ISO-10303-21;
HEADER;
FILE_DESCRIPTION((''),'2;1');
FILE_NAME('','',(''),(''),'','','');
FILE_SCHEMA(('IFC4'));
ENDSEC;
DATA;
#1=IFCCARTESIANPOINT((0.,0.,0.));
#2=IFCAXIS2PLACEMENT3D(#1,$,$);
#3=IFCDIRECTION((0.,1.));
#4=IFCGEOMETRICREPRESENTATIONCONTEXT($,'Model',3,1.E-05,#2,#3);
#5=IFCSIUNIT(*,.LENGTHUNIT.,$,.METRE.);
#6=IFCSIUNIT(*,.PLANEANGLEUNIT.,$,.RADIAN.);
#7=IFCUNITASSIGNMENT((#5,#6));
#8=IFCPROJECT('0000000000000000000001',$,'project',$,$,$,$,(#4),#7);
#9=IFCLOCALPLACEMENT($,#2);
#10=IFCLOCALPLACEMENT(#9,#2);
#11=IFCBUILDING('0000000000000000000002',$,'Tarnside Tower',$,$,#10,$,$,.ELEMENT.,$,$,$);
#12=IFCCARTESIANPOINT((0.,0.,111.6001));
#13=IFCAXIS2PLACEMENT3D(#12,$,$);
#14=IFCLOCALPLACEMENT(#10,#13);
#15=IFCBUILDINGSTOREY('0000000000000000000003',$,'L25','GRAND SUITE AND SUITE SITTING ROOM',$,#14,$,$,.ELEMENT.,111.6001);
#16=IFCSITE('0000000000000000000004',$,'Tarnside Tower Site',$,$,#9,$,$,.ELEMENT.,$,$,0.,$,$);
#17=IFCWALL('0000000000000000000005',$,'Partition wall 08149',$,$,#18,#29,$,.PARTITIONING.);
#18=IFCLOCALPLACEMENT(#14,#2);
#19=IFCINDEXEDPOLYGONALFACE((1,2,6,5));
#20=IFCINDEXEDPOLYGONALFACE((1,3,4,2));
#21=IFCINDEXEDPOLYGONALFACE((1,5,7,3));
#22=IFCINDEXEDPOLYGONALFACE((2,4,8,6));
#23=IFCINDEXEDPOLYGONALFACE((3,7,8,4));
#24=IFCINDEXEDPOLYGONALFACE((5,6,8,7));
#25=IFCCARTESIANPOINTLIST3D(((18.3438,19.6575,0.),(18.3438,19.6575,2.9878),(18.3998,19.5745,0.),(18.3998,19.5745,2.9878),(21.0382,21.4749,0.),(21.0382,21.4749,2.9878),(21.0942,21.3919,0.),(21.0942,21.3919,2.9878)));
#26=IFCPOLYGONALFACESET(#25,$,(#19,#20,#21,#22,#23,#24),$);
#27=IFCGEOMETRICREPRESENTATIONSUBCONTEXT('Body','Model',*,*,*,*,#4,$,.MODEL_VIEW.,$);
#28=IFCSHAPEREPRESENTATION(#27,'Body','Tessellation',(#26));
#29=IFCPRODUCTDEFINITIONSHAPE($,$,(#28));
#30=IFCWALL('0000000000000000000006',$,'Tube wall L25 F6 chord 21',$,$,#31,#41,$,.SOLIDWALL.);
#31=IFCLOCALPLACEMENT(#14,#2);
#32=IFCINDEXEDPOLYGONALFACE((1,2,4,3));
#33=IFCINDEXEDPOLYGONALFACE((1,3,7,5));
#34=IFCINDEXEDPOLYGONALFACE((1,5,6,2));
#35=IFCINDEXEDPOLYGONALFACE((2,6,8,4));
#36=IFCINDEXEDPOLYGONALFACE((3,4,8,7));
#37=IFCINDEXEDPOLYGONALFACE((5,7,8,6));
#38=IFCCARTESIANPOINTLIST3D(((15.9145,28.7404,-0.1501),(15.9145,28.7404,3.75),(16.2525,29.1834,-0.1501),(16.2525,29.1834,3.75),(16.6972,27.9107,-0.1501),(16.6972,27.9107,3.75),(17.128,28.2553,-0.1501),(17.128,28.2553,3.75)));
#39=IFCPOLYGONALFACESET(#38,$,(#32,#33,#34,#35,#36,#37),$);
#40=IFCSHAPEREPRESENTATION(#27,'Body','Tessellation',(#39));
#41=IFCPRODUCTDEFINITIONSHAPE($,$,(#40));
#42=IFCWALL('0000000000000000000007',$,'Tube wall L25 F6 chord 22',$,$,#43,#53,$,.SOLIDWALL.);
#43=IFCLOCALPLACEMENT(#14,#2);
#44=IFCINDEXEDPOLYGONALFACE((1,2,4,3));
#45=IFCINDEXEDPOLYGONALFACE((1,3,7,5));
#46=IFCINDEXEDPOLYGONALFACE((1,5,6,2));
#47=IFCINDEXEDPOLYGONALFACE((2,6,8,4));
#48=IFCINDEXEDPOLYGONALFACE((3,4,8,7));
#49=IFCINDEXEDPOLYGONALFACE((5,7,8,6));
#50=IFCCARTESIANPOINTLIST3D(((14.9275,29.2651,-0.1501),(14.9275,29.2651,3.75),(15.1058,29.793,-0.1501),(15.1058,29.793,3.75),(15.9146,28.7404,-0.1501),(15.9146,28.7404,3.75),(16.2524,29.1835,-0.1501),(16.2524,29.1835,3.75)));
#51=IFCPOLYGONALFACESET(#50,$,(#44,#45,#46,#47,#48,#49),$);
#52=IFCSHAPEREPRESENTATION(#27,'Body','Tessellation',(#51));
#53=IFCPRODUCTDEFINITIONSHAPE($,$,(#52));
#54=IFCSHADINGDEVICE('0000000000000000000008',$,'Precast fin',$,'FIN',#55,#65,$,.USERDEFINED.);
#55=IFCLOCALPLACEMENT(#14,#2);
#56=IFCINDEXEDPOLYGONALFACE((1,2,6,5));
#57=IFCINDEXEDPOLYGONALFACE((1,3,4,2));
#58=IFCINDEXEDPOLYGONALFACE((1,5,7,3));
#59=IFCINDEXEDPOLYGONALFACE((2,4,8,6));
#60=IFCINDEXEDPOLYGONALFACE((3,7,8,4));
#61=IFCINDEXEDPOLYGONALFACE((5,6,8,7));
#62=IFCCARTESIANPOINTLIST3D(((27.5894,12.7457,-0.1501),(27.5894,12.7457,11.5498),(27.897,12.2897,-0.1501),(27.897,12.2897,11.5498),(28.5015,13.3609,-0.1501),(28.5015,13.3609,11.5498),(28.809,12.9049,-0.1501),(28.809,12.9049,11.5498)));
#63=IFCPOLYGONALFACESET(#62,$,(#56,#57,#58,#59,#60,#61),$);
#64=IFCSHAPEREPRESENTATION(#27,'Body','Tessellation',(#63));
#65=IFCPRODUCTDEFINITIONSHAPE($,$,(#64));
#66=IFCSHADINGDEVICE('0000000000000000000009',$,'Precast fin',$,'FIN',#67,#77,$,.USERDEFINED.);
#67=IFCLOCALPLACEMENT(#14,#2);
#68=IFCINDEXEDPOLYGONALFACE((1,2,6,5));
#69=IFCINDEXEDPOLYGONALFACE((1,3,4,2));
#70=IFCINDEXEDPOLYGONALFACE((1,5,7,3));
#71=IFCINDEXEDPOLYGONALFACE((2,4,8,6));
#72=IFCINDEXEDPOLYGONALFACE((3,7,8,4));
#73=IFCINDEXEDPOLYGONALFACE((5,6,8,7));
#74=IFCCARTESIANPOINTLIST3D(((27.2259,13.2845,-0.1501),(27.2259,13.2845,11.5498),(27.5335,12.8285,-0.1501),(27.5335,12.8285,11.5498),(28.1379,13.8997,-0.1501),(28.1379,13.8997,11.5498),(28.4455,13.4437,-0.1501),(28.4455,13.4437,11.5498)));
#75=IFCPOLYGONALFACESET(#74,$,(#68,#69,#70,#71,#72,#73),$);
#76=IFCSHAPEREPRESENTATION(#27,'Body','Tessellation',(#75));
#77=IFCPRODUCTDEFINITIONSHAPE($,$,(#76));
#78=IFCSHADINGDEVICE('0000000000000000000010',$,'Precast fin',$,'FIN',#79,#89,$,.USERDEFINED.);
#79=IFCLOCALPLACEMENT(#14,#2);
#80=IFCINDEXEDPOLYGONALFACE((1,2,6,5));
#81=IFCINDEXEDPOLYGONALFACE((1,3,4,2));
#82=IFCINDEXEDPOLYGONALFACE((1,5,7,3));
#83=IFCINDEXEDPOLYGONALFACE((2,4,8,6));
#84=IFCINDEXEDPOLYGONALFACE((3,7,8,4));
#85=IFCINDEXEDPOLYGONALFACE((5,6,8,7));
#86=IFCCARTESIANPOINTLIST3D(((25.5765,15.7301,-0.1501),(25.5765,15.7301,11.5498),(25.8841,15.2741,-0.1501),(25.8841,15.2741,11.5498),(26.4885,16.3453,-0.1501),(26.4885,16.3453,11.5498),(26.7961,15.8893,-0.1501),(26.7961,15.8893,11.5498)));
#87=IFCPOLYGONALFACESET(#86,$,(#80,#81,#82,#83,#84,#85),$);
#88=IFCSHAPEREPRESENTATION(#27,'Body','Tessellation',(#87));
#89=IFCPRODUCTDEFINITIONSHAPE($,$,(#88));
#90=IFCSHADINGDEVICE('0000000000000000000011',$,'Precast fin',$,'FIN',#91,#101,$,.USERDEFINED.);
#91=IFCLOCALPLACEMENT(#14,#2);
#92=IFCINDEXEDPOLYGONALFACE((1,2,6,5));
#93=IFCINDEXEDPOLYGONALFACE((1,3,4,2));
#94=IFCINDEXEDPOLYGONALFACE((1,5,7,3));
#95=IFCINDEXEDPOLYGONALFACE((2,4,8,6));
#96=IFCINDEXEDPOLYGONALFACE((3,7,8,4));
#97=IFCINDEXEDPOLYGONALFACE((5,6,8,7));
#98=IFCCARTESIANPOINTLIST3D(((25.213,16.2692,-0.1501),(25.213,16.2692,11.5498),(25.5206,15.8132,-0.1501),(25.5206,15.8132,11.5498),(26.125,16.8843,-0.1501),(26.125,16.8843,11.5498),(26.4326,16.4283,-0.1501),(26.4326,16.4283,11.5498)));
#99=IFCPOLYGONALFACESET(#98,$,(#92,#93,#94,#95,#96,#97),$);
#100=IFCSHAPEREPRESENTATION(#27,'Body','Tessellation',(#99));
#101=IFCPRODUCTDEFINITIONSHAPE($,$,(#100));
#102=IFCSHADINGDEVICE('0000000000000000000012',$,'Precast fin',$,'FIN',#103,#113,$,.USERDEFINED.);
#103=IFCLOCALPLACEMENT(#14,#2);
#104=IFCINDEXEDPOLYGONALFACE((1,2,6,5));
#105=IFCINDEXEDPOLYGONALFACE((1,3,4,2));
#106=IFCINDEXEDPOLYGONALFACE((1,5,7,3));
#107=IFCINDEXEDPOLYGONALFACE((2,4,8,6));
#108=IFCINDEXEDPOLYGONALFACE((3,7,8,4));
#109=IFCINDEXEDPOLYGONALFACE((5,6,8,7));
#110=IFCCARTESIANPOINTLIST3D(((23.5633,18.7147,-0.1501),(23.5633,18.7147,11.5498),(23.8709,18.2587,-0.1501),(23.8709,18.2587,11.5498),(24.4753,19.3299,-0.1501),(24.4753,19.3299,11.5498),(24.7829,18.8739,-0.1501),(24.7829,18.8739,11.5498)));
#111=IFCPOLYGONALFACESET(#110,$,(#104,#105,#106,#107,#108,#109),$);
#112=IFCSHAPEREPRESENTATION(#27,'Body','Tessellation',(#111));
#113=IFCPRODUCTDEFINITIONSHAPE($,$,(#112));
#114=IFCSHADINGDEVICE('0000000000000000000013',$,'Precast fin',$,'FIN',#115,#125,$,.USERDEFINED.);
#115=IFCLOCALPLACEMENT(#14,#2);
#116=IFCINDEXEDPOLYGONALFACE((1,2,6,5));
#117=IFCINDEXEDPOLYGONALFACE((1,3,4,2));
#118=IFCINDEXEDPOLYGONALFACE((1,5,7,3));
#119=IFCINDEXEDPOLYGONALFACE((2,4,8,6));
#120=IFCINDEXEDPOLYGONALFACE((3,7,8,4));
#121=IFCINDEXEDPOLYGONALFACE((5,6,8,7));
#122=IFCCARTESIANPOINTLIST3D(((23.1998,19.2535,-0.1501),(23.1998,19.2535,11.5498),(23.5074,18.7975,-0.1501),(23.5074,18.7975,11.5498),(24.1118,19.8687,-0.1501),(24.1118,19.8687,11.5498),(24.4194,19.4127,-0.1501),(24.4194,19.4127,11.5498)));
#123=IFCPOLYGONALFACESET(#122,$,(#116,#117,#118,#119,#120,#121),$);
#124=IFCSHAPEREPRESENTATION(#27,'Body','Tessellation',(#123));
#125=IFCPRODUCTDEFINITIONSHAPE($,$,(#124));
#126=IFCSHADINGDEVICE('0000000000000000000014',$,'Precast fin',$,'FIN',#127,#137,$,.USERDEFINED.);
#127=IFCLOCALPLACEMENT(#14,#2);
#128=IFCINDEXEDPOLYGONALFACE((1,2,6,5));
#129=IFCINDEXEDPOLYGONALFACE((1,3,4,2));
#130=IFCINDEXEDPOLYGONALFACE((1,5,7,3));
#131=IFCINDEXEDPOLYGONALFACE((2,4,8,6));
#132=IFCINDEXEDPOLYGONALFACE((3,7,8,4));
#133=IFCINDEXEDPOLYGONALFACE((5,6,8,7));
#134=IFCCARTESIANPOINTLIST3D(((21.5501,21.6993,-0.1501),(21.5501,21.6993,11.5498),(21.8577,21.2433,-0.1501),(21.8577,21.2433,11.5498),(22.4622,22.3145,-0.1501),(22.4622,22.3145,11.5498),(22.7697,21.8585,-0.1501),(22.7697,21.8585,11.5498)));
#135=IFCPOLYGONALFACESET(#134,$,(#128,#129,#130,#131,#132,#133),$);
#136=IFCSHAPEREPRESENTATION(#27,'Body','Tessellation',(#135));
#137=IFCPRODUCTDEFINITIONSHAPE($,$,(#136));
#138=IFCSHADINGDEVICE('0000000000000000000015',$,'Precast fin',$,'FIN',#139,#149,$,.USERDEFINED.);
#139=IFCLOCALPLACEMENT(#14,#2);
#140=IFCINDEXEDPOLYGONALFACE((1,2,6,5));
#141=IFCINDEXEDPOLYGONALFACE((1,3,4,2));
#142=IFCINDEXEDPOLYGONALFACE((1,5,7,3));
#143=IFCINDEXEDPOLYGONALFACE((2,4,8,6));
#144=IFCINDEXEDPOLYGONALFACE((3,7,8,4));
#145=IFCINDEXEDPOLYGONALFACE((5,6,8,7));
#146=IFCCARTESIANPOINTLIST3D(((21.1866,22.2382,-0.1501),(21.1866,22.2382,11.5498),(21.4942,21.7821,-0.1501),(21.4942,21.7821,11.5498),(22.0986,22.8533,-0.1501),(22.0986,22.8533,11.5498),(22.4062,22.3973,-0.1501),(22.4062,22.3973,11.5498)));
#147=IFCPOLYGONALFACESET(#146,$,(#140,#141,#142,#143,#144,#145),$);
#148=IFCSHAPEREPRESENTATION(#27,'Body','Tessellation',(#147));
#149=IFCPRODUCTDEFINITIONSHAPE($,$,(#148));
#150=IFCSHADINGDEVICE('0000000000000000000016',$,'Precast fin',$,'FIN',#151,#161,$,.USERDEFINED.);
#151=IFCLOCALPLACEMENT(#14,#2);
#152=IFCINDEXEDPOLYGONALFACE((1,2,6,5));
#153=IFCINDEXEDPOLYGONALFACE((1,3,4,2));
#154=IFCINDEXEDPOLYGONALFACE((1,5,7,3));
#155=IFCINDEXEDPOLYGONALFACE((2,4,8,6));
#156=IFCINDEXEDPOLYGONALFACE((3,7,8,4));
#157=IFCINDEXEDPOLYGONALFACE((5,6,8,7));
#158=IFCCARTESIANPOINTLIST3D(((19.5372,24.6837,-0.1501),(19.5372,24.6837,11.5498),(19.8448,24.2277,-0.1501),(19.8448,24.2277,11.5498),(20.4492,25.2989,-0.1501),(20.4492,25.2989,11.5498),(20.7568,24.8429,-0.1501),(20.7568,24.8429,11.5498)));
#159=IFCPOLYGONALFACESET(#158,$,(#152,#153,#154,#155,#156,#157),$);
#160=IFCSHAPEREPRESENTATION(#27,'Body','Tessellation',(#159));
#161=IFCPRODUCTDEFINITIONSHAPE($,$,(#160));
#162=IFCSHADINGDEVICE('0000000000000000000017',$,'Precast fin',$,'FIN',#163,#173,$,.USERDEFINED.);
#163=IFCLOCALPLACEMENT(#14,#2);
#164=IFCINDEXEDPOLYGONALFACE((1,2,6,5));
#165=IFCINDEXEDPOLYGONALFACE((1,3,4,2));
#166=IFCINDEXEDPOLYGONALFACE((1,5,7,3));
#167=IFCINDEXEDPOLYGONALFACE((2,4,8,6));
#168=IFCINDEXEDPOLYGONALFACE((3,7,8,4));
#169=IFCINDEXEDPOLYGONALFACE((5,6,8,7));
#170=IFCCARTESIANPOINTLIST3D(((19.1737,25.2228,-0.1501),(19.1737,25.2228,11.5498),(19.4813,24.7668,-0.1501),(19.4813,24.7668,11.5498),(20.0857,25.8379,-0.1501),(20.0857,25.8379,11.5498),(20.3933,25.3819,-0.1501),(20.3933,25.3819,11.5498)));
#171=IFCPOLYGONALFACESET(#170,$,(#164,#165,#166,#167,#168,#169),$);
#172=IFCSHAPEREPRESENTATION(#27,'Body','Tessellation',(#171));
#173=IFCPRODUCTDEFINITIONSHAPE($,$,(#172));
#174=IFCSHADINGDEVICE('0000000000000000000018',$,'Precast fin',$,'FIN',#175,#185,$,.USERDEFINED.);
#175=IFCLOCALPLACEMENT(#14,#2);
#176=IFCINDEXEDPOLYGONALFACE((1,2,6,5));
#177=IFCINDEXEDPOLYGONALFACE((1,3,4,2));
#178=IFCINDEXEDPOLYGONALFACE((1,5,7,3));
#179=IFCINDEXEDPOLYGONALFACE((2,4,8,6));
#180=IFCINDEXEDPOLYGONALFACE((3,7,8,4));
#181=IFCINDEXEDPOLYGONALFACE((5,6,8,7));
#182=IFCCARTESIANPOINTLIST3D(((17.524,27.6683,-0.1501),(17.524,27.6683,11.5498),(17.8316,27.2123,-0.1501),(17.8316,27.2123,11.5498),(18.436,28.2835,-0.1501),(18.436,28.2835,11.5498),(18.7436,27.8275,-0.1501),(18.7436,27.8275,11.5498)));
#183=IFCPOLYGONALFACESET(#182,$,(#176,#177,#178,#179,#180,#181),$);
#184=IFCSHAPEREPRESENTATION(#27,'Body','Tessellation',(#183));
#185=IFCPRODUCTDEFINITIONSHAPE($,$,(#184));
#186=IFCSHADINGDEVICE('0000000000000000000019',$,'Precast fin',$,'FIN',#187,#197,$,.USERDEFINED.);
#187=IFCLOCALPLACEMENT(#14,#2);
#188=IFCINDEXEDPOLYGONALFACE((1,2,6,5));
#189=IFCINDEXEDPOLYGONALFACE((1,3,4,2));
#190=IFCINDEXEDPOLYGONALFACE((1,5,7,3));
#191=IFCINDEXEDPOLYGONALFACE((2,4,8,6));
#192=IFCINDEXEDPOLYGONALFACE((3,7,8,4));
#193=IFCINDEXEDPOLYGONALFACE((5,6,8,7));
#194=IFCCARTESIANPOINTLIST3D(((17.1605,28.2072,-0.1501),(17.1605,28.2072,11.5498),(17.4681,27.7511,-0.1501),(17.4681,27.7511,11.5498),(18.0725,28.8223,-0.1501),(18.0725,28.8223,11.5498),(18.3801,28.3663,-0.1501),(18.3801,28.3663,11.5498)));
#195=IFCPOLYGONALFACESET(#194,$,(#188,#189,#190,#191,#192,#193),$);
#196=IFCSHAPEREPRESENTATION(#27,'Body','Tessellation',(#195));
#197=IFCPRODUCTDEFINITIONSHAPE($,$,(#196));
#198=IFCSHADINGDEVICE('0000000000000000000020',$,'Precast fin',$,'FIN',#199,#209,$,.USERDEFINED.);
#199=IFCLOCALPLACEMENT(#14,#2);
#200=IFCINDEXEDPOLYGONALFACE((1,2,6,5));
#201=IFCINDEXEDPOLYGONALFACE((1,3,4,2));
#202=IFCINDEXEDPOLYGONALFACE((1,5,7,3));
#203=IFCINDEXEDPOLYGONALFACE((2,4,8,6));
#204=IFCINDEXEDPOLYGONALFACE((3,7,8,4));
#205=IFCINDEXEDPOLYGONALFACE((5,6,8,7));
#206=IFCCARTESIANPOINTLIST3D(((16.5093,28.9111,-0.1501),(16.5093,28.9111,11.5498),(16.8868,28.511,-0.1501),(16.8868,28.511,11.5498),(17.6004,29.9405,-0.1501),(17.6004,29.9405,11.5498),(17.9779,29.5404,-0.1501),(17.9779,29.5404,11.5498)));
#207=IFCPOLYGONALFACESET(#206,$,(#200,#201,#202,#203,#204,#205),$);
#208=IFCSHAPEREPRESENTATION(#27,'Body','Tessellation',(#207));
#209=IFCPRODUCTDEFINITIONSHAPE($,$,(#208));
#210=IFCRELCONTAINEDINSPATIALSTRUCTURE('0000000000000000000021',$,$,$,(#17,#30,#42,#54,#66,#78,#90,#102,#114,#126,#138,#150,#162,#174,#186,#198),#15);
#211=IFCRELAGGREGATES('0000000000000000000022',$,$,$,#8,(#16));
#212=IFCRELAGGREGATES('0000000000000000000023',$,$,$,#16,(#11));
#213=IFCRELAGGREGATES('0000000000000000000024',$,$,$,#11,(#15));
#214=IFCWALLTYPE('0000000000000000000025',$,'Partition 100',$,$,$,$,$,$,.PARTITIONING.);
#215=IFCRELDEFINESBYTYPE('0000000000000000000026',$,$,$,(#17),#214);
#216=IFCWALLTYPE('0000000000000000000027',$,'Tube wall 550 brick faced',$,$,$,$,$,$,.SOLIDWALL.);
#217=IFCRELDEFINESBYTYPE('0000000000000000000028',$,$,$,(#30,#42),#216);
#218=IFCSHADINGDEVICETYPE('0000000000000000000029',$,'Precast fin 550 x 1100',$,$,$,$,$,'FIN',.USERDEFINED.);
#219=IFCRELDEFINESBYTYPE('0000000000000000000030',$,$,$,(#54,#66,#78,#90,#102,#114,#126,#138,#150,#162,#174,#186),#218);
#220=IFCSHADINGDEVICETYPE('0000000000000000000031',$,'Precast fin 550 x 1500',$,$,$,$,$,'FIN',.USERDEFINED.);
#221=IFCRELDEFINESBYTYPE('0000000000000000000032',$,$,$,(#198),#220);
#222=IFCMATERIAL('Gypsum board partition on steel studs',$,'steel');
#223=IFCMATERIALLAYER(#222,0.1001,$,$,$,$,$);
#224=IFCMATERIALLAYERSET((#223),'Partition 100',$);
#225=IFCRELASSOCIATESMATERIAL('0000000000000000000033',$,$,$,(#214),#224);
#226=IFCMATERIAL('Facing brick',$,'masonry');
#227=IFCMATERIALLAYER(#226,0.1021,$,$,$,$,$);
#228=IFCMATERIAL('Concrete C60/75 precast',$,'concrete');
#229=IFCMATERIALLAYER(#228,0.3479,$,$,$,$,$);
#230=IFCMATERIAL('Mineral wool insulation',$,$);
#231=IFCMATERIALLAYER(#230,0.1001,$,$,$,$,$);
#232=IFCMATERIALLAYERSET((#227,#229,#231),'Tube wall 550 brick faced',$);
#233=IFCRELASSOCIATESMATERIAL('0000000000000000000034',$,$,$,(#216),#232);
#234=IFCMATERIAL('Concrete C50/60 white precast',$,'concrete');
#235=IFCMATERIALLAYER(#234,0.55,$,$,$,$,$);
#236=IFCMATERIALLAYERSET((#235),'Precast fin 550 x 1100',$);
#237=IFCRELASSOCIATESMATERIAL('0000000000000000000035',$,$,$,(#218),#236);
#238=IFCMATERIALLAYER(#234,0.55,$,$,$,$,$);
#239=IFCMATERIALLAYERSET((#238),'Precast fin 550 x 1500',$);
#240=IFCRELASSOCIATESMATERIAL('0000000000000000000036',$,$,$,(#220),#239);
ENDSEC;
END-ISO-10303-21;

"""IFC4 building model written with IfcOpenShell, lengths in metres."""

from ifc_helpers import new_model, si_unit, direction, frame, frame_2d, origin, place, context, subcontext, project, spatial, polyline, rectangle, outline, extrude, material, layer, layer_set, type_object, element, save


model = new_model("IFC4")

# Units and contexts
model_context = context("Model", 3, precision=1e-05, world=origin(), true_north=direction((0.0, 1.0)))
body_context = subcontext(model_context, "Body", "Model", "MODEL_VIEW")
ifc_project = project(units=[si_unit("LENGTHUNIT", "METRE"), si_unit("PLANEANGLEUNIT", "RADIAN")], contexts=[model_context])

# Site, building, storey
site_placement = place(None, origin())
site = spatial("IfcSite", under=ifc_project, at=site_placement, Name="Tarnside Tower Site", CompositionType="ELEMENT", RefElevation=0.0)
building_placement = place(site_placement, origin())
building = spatial("IfcBuilding", under=site, at=building_placement, Name="Tarnside Tower", CompositionType="ELEMENT")
storey_placement = place(building_placement, frame((0.0, 0.0, 111.6001)))
storey = spatial("IfcBuildingStorey", under=building, at=storey_placement, Name="L25", Description="GRAND SUITE AND SUITE SITTING ROOM", CompositionType="ELEMENT", Elevation=111.6001)

# Shared definitions
ifc_material_1 = material(Name="Gypsum board partition on steel studs", Category="steel")

# Shared definitions
ifc_layer_1 = layer(ifc_material_1, 0.1001)
ifc_layer_set_1 = layer_set([ifc_layer_1], Name="Partition 100")
wall_type_1 = type_object("IfcWallType", Name="Partition 100", PredefinedType="PARTITIONING", material=ifc_layer_set_1)

# Walls
wall_1_placement = place(storey_placement, frame((18.3718, 19.616, 0.0), z_axis=(0.0, 0.0, 1.0), x_axis=(0.829033, 0.559199, 0.0)))
element("IfcWall", 1, at=wall_1_placement, inside=storey, type_object=wall_type_1, Name="Partition wall 08149", PredefinedType="PARTITIONING", context=body_context, shape_type="SweptSolid", body=[
    extrude(rectangle(XDim=3.25, YDim=0.1001, at=frame_2d((1.625, 0.0))), origin(), (0.0, 0.0, 1.0), 2.9878),
])
ifc_material_2 = material(Name="Facing brick", Category="masonry")
ifc_layer_2 = layer(ifc_material_2, 0.1021)
ifc_material_3 = material(Name="Concrete C60/75 precast", Category="concrete")
ifc_layer_3 = layer(ifc_material_3, 0.3479)
ifc_material_4 = material(Name="Mineral wool insulation")
ifc_layer_4 = layer(ifc_material_4, 0.1001)
ifc_layer_set_2 = layer_set([ifc_layer_2, ifc_layer_3, ifc_layer_4], Name="Tube wall 550 brick faced")
wall_type_2 = type_object("IfcWallType", Name="Tube wall 550 brick faced", PredefinedType="SOLIDWALL", material=ifc_layer_set_2)
wall_2_placement = place(storey_placement, frame((16.9126, 28.083, -0.1501), z_axis=(0.0, 0.0, 1.0), x_axis=(-0.686196, 0.727416, 0.0)))
element("IfcWall", 2, at=wall_2_placement, inside=storey, type_object=wall_type_2, Name="Tube wall L25 F6 chord 21", PredefinedType="SOLIDWALL", context=body_context, shape_type="SweptSolid", body=[
    extrude(outline(polyline([(-0.0225, -0.2749), (1.2534, -0.2749), (1.1631, 0.2749), (0.0225, 0.2749), (-0.0225, -0.2749)])), origin(), (0.0, 0.0, 1.0), 3.9001),
])
wall_3_placement = place(storey_placement, frame((16.0835, 28.9619, -0.1501), z_axis=(0.0, 0.0, 1.0), x_axis=(-0.882995, 0.469382, 0.0)))
element("IfcWall", 3, at=wall_3_placement, inside=storey, type_object=wall_type_2, Name="Tube wall L25 F6 chord 22", PredefinedType="SOLIDWALL", context=body_context, shape_type="SweptSolid", body=[
    extrude(outline(polyline([(-0.0452, -0.2749), (1.2534, -0.2749), (1.1631, 0.2749), (0.0452, 0.2749), (-0.0452, -0.2749)])), origin(), (0.0, 0.0, 1.0), 3.9001),
])

# Shading devices
ifc_material_5 = material(Name="Concrete C50/60 white precast", Category="concrete")
ifc_layer_5 = layer(ifc_material_5, 0.55)
ifc_layer_set_3 = layer_set([ifc_layer_5], Name="Precast fin 550 x 1100")
shading_device_type_1 = type_object("IfcShadingDeviceType", Name="Precast fin 550 x 1100", ElementType="FIN", PredefinedType="USERDEFINED", material=ifc_layer_set_3)
for number, where, z_axis, x_axis, name in (
    (4, (27.7432, 12.5178, -0.1501), (0.559193, -0.829038, 0.0), (0.829038, 0.559193, 0.0), "Precast fin"),
    (5, (27.3796, 13.0566, -0.1501), (0.559193, -0.829038, 0.0), (0.829038, 0.559193, 0.0), "Precast fin"),
    (6, (25.7302, 15.5022, -0.1501), (0.559193, -0.829038, 0.0), (0.829038, 0.559193, 0.0), "Precast fin"),
    (7, (25.3667, 16.0413, -0.1501), (0.559193, -0.829038, 0.0), (0.829038, 0.559193, 0.0), "Precast fin"),
    (8, (23.717, 18.4868, -0.1501), (0.559193, -0.829038, 0.0), (0.829038, 0.559193, 0.0), "Precast fin"),
    (9, (23.3535, 19.0256, -0.1501), (0.559193, -0.829038, 0.0), (0.829038, 0.559193, 0.0), "Precast fin"),
    (10, (21.7039, 21.4714, -0.1501), (0.559193, -0.829038, 0.0), (0.829038, 0.559193, 0.0), "Precast fin"),
    (11, (21.3403, 22.0103, -0.1501), (0.559193, -0.829038, 0.0), (0.829038, 0.559193, 0.0), "Precast fin"),
    (12, (19.6909, 24.4558, -0.1501), (0.559193, -0.829038, 0.0), (0.829038, 0.559193, 0.0), "Precast fin"),
    (13, (19.3274, 24.9949, -0.1501), (0.559193, -0.829038, 0.0), (0.829038, 0.559193, 0.0), "Precast fin"),
    (14, (17.6777, 27.4404, -0.1501), (0.559193, -0.829038, 0.0), (0.829038, 0.559193, 0.0), "Precast fin"),
    (15, (17.3142, 27.9792, -0.1501), (0.559193, -0.829038, 0.0), (0.829038, 0.559193, 0.0), "Precast fin"),
):
    element("IfcShadingDevice", number, at=place(storey_placement, frame(where, z_axis=z_axis, x_axis=x_axis)), inside=storey, type_object=shading_device_type_1, Name=name, ObjectType="FIN", PredefinedType="USERDEFINED", context=body_context, shape_type="SweptSolid", body=[
        extrude(outline(polyline([(0.0, 0.0), (1.1001, 0.0), (1.1001, 11.7), (0.0, 11.7), (0.0, 0.0)])), frame((0.0, 0.0, -0.2749)), (0.0, 0.0, 1.0), 0.55),
    ])
ifc_layer_6 = layer(ifc_material_5, 0.55)
ifc_layer_set_4 = layer_set([ifc_layer_6], Name="Precast fin 550 x 1500")
shading_device_type_2 = type_object("IfcShadingDeviceType", Name="Precast fin 550 x 1500", ElementType="FIN", PredefinedType="USERDEFINED", material=ifc_layer_set_4)
shading_device_placement = place(storey_placement, frame((16.698, 28.7112, -0.1501), z_axis=(0.686242, -0.727374, 0.0), x_axis=(0.727374, 0.686242, 0.0)))
element("IfcShadingDevice", 16, at=shading_device_placement, inside=storey, type_object=shading_device_type_2, Name="Precast fin", ObjectType="FIN", PredefinedType="USERDEFINED", context=body_context, shape_type="SweptSolid", body=[
    extrude(outline(polyline([(0.0, 0.0), (1.5, 0.0), (1.5, 11.7), (0.0, 11.7), (0.0, 0.0)])), frame((0.0, 0.0, -0.2749)), (0.0, 0.0, 1.0), 0.55),
])

save(model, "model.ifc")
